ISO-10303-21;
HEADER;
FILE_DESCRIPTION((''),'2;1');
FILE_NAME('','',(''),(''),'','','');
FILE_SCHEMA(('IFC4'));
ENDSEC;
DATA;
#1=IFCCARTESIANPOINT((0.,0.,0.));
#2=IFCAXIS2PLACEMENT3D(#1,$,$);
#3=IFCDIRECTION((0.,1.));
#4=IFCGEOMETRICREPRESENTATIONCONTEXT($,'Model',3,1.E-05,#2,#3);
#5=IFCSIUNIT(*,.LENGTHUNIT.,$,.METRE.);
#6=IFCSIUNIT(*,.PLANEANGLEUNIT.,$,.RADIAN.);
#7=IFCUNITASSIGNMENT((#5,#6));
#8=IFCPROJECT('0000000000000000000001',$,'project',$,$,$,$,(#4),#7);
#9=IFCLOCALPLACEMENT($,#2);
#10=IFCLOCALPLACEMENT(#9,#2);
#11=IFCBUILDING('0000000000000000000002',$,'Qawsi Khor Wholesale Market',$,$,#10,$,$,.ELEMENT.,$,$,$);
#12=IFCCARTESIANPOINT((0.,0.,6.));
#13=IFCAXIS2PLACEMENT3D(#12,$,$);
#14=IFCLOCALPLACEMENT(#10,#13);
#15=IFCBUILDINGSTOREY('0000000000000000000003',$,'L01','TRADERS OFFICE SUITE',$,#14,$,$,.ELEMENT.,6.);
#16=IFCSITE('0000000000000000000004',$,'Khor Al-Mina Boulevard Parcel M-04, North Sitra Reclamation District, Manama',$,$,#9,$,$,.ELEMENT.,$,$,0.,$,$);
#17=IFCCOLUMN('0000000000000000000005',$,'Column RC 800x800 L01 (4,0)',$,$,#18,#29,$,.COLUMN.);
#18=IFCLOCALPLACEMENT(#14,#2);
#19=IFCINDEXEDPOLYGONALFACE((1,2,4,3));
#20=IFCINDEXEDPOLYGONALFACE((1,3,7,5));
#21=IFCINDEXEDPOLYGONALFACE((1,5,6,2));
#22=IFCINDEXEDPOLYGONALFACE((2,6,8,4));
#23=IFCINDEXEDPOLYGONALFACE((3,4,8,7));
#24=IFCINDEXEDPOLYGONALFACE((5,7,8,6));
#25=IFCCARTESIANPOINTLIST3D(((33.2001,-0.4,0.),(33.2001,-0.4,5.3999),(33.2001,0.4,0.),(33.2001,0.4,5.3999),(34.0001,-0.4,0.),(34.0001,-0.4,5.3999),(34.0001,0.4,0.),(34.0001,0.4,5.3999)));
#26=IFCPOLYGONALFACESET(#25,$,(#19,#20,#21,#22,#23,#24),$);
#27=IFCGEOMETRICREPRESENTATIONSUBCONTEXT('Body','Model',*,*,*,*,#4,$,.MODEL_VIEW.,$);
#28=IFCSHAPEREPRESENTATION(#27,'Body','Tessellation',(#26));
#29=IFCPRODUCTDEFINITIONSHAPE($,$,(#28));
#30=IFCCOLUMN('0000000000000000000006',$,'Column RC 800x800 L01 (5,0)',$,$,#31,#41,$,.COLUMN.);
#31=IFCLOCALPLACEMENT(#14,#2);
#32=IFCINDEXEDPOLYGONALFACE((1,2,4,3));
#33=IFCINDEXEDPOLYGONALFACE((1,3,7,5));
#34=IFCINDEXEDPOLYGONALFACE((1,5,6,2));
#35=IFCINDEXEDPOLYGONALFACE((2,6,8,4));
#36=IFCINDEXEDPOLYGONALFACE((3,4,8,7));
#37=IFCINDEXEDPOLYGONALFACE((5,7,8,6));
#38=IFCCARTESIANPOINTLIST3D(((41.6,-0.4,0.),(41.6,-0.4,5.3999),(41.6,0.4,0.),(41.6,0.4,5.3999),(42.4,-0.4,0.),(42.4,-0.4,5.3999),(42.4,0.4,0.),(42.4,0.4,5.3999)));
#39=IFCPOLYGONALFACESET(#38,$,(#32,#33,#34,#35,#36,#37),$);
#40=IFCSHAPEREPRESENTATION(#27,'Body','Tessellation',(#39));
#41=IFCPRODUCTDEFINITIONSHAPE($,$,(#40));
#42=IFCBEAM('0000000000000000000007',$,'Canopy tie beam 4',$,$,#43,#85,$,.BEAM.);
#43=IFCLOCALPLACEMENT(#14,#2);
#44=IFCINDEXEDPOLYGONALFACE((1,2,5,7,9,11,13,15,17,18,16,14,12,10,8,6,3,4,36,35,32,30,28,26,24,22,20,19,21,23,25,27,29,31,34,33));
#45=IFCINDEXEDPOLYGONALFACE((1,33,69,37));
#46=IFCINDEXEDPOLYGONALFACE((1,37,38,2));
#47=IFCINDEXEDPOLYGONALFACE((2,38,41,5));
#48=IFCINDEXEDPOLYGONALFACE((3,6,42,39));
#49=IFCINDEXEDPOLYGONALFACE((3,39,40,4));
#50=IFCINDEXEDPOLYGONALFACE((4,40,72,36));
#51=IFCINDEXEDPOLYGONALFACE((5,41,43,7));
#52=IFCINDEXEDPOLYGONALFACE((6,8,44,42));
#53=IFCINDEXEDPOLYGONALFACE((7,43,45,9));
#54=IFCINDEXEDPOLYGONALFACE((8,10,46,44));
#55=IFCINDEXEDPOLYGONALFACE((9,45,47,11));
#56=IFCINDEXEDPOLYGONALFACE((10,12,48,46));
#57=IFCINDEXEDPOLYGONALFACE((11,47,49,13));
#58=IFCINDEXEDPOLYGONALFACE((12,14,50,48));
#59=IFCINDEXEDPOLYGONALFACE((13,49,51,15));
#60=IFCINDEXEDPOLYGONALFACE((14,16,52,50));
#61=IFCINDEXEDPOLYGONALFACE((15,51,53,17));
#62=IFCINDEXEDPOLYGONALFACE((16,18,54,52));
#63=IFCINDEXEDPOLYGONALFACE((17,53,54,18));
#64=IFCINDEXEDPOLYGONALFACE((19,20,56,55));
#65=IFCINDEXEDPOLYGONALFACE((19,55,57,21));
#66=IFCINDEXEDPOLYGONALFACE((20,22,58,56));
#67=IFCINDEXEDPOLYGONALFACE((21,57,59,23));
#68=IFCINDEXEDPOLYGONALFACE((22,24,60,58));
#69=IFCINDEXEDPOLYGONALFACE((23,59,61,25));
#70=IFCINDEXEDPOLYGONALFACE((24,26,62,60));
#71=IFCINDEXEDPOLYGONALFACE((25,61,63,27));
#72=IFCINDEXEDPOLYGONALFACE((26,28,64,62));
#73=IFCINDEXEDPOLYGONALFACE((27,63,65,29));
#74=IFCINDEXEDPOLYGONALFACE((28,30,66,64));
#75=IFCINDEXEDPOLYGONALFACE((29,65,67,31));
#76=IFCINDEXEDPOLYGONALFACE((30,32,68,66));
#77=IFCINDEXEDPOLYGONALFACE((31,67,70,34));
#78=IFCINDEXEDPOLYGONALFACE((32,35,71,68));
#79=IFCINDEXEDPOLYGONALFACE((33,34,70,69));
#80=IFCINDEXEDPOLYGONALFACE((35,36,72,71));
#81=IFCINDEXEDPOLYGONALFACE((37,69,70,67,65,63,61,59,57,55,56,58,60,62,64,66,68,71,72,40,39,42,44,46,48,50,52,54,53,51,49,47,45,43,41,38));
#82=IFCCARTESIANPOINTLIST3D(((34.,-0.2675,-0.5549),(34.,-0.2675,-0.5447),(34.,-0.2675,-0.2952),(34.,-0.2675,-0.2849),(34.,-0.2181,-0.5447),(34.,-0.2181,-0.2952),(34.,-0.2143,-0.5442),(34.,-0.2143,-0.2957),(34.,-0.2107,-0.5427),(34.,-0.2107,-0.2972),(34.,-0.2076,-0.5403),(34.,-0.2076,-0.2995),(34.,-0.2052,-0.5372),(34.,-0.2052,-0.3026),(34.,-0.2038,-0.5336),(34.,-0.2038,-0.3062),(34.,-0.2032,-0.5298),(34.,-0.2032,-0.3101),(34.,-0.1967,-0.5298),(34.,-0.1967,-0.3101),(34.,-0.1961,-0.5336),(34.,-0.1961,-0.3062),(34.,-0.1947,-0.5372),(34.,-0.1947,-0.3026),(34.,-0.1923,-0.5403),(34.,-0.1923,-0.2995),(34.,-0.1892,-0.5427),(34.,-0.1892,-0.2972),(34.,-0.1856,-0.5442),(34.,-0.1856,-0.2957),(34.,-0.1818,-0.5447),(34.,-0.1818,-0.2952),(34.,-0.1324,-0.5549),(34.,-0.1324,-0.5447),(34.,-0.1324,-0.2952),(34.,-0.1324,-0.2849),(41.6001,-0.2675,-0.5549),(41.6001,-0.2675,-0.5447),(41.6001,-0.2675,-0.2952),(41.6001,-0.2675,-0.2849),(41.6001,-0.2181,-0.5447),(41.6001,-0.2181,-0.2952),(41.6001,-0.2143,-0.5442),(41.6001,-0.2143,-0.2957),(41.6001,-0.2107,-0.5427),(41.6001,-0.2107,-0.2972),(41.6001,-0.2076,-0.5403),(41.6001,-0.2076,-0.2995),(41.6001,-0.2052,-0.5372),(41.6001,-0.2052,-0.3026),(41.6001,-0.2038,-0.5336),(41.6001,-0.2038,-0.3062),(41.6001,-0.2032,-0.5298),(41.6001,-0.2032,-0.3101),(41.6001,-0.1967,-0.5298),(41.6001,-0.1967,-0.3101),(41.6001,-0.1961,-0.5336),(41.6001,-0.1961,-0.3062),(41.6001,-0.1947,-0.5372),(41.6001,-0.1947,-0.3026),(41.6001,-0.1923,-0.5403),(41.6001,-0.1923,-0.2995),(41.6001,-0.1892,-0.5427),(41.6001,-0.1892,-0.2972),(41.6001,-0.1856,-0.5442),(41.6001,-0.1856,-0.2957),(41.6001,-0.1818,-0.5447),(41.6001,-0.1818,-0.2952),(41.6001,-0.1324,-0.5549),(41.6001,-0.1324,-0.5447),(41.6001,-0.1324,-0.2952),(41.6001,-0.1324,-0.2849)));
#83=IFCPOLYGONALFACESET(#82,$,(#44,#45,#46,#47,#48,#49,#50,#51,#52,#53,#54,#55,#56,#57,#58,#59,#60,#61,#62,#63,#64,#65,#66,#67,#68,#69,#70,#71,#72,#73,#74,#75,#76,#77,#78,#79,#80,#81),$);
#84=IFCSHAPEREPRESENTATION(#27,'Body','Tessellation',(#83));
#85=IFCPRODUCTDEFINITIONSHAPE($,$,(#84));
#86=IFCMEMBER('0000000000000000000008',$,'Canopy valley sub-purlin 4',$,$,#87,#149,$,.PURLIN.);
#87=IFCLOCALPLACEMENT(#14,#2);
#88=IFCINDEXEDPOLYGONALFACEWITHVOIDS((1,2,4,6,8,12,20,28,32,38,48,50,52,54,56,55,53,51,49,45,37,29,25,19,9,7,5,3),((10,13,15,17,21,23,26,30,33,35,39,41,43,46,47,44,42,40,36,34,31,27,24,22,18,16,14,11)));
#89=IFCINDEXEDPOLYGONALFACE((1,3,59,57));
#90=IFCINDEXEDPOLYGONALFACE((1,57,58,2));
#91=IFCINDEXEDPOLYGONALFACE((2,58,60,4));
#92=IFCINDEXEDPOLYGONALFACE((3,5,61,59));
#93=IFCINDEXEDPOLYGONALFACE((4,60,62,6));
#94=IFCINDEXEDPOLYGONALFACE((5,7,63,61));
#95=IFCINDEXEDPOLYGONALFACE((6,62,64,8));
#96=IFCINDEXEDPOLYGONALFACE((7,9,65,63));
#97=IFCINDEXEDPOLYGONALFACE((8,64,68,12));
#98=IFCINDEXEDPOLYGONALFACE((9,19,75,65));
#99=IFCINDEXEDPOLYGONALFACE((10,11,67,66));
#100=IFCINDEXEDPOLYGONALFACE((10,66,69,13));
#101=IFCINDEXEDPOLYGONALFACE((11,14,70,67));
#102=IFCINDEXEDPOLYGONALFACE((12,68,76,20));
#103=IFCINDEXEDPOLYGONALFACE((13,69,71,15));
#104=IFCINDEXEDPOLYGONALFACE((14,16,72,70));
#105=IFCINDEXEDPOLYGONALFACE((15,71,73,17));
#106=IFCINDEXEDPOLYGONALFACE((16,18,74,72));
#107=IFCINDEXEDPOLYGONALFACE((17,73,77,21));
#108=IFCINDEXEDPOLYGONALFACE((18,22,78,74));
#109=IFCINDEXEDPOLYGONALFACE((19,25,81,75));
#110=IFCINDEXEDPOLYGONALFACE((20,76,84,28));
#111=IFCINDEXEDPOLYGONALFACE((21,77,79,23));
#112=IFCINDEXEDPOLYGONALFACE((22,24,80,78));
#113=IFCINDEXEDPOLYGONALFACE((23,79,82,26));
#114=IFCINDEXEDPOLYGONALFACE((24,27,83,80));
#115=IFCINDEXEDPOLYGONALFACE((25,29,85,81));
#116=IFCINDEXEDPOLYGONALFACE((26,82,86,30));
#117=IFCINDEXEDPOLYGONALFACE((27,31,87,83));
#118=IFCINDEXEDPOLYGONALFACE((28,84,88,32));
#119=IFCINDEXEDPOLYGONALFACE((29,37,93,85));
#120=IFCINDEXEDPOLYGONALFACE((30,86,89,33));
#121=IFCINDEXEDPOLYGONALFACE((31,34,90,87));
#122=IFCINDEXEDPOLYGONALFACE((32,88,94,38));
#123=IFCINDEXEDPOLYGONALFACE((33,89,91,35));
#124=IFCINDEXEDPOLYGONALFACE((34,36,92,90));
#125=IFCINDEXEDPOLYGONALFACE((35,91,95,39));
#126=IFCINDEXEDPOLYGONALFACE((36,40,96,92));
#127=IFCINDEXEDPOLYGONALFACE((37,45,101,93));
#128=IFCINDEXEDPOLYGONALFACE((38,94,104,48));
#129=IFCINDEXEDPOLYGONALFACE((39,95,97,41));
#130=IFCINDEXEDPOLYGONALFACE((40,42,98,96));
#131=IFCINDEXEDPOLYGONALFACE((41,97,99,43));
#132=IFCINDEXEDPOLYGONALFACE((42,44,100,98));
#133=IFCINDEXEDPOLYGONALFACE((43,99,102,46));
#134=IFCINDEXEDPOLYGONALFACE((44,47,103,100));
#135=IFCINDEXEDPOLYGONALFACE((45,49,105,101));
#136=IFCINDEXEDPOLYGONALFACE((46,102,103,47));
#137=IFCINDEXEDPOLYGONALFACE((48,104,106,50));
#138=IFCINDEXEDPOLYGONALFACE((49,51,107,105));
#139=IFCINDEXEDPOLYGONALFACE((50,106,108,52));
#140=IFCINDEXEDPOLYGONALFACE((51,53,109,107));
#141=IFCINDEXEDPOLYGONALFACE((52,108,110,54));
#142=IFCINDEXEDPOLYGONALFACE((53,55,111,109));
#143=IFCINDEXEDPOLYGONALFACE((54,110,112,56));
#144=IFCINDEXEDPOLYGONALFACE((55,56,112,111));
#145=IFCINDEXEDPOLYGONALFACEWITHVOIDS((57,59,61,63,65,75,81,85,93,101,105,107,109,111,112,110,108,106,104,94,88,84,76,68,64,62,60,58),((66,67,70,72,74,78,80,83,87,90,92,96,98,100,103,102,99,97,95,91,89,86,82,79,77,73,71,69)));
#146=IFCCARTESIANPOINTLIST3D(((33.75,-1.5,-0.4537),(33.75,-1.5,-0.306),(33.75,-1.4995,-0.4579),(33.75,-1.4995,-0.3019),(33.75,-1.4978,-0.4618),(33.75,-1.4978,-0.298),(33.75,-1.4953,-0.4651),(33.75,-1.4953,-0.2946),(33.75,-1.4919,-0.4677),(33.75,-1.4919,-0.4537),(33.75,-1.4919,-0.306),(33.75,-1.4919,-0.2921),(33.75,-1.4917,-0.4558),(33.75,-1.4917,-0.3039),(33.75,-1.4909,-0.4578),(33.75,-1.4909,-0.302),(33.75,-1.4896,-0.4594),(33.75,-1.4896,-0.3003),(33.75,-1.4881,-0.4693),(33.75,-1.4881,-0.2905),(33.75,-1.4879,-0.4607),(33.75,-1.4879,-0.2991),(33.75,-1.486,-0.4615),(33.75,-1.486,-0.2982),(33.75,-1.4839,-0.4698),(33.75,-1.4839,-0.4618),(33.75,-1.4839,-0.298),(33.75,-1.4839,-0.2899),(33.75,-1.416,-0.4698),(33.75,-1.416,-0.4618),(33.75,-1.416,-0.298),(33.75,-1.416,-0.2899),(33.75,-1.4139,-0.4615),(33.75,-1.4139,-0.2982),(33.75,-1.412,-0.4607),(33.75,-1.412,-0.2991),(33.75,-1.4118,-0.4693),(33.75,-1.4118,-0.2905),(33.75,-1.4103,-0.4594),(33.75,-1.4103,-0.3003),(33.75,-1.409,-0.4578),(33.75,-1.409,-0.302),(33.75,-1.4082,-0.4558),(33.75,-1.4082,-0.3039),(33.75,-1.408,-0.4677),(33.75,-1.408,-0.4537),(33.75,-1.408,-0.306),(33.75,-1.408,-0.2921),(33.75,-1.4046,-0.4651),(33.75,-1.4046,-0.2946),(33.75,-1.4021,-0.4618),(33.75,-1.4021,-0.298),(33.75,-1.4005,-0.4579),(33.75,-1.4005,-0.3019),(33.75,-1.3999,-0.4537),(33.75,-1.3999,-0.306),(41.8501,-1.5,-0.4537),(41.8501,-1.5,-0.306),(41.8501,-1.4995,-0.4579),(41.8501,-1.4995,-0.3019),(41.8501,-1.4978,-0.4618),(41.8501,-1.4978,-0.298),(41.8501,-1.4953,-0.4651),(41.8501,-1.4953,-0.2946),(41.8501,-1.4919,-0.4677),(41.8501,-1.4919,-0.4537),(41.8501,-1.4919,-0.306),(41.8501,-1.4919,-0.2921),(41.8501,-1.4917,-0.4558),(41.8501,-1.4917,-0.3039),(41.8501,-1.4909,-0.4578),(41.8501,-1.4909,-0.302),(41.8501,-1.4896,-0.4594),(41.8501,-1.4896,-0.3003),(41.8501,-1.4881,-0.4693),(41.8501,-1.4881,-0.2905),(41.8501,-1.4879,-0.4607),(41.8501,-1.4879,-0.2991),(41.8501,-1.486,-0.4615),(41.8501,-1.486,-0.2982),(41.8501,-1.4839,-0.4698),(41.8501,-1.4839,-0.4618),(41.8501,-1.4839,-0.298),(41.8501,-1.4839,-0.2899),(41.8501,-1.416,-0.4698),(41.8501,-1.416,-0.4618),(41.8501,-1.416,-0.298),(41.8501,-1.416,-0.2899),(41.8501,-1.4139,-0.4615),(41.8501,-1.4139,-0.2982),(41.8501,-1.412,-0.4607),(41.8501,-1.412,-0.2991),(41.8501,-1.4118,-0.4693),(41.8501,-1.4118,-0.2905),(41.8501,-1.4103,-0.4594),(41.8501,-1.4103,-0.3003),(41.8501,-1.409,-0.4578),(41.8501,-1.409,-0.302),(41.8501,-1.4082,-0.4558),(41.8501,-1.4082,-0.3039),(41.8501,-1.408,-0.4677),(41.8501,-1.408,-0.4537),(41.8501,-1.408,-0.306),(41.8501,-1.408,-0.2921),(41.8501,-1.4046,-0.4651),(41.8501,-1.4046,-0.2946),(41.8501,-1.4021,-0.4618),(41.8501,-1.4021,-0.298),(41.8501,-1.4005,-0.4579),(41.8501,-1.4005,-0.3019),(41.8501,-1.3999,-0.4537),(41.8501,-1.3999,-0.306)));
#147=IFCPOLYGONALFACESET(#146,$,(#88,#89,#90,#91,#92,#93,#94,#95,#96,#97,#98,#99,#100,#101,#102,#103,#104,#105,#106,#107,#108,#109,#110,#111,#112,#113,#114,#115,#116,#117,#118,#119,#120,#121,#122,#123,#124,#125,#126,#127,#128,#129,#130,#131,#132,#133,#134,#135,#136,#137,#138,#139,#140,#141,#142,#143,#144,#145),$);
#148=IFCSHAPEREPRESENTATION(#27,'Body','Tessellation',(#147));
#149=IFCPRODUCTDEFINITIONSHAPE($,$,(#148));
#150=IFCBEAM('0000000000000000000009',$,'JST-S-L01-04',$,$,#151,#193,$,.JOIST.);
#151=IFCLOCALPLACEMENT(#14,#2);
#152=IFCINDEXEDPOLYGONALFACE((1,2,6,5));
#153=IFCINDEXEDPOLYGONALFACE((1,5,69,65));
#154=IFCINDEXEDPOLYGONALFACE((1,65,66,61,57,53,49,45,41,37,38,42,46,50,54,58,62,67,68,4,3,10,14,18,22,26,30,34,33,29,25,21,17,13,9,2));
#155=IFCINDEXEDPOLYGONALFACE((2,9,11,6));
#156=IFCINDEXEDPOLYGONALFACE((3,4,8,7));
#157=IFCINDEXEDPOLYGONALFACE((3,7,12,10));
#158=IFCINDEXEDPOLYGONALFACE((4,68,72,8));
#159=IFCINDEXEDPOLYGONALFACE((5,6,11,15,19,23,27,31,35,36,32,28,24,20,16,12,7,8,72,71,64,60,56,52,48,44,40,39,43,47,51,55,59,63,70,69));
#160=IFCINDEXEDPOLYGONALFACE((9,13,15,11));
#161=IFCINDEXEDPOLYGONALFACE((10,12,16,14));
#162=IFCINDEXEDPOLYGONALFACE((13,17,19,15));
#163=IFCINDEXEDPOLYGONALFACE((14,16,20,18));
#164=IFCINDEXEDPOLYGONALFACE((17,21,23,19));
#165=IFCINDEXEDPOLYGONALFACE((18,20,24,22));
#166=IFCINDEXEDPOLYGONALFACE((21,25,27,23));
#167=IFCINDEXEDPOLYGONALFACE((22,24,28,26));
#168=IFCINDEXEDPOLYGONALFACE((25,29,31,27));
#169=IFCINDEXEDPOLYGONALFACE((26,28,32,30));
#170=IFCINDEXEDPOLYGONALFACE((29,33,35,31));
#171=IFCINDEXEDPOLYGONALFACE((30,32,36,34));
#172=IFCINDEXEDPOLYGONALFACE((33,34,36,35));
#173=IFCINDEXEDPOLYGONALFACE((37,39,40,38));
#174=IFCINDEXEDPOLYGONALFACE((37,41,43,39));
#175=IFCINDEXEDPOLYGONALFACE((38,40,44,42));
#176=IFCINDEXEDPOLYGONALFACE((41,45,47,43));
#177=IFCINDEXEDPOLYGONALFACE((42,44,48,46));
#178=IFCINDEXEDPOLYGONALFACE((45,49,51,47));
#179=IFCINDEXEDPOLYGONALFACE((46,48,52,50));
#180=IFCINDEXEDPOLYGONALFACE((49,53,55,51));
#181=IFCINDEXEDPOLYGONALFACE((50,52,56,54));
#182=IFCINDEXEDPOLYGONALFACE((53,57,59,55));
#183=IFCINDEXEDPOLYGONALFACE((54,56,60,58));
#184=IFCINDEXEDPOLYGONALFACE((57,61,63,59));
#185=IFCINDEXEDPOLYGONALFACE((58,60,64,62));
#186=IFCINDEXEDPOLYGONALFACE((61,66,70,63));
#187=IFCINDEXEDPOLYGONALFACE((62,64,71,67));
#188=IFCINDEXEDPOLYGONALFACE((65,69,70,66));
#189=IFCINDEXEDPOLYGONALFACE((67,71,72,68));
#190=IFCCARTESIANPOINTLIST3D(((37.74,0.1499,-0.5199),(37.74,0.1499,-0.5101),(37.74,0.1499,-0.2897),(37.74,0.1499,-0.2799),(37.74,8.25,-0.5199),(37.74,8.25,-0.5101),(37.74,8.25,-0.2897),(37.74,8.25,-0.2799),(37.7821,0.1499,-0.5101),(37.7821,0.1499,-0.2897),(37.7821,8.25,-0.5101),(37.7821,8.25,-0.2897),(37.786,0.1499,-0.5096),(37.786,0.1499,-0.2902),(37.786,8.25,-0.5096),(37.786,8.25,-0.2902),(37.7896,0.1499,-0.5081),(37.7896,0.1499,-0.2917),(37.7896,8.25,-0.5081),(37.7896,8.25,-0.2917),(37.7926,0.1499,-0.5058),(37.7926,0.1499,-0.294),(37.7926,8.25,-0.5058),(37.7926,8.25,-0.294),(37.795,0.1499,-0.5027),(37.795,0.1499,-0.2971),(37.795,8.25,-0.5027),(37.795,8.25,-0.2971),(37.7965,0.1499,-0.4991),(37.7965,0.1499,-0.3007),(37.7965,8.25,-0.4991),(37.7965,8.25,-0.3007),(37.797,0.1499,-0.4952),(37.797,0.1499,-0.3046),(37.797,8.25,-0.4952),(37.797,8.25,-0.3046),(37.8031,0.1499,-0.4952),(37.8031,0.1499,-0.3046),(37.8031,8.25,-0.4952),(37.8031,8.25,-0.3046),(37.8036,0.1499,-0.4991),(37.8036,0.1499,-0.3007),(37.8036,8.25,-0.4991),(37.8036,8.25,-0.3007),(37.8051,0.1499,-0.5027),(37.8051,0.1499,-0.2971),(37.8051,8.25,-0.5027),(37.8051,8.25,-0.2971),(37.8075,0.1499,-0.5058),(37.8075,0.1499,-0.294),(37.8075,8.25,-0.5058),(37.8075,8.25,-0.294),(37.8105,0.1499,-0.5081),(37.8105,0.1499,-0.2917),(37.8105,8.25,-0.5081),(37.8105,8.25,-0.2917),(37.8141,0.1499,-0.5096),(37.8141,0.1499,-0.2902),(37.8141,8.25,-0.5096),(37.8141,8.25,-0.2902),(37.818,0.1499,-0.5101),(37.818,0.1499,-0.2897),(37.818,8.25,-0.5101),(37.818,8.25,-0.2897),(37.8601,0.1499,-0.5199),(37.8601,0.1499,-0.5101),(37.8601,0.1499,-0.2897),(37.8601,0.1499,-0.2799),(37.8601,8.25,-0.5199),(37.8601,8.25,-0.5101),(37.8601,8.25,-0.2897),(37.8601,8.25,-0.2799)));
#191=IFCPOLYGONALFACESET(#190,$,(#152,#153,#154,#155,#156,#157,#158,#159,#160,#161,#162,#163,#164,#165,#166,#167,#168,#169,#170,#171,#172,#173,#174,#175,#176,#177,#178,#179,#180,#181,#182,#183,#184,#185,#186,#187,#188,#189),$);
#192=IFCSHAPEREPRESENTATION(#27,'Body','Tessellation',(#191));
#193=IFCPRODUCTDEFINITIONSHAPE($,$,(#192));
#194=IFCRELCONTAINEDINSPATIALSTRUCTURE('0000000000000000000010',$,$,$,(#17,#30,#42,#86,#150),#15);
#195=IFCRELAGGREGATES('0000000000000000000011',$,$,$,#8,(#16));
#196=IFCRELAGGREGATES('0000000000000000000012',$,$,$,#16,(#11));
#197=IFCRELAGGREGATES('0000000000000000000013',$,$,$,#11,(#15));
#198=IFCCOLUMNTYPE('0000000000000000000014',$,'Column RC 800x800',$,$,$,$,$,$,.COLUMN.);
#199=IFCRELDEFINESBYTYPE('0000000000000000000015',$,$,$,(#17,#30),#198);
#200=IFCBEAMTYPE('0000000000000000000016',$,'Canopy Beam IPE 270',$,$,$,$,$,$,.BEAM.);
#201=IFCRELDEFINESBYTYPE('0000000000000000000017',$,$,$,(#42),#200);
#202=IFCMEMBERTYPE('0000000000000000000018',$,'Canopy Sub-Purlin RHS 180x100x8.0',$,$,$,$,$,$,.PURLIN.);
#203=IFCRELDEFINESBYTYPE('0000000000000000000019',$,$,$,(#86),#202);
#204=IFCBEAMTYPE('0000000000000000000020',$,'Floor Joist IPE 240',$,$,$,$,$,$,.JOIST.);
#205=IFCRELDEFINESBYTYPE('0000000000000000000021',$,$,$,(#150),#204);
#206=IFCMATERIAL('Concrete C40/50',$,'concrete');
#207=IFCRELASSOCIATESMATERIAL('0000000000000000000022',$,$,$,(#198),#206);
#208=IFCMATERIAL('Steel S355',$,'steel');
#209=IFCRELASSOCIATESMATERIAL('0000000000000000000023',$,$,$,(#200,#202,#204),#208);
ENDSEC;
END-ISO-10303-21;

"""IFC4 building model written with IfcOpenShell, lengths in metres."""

from ifc_helpers import new_model, si_unit, direction, frame, origin, origin_2d, place, context, subcontext, project, spatial, rectangle, hollow_rectangle, i_section, extrude, material, material_profile, profile_set, type_object, element, save


model = new_model("IFC4")

# Units and contexts
model_context = context("Model", 3, precision=1e-05, world=origin(), true_north=direction((0.0, 1.0)))
body_context = subcontext(model_context, "Body", "Model", "MODEL_VIEW")
ifc_project = project(units=[si_unit("LENGTHUNIT", "METRE"), si_unit("PLANEANGLEUNIT", "RADIAN")], contexts=[model_context])

# Site, building, storey
site_placement = place(None, origin())
site = spatial("IfcSite", under=ifc_project, at=site_placement, Name="Khor Al-Mina Boulevard Parcel M-04, North Sitra Reclamation District, Manama", CompositionType="ELEMENT", RefElevation=0.0)
building_placement = place(site_placement, origin())
building = spatial("IfcBuilding", under=site, at=building_placement, Name="Qawsi Khor Wholesale Market", CompositionType="ELEMENT")
storey_placement = place(building_placement, frame((0.0, 0.0, 6.0)))
storey = spatial("IfcBuildingStorey", under=building, at=storey_placement, Name="L01", Description="TRADERS OFFICE SUITE", CompositionType="ELEMENT", Elevation=6.0)

# Columns
ifc_material_1 = material(Name="Concrete C40/50", Category="concrete")
ifc_material_profile_1 = material_profile(ifc_material_1, rectangle(XDim=0.8, YDim=0.8, at=origin_2d()), Name="RC 800x800")
ifc_profile_set_1 = profile_set([ifc_material_profile_1], Name="Concrete C40/50")
column_type = type_object("IfcColumnType", Name="Column RC 800x800", PredefinedType="COLUMN", material=ifc_profile_set_1)
for number, where, z_axis, x_axis, name in (
    (1, (33.6001, 0.0, 0.0), (0.0, 0.0, 1.0), (1.0, 0.0, 0.0), "Column RC 800x800 L01 (4,0)"),
    (2, (42.0, 0.0, 0.0), (0.0, 0.0, 1.0), (1.0, 0.0, 0.0), "Column RC 800x800 L01 (5,0)"),
):
    element("IfcColumn", number, at=place(storey_placement, frame(where, z_axis=z_axis, x_axis=x_axis)), inside=storey, type_object=column_type, Name=name, PredefinedType="COLUMN", context=body_context, shape_type="SweptSolid", body=[
        extrude(rectangle(XDim=0.8, YDim=0.8, at=origin_2d()), origin(), (0.0, 0.0, 1.0), 5.3999),
    ])

# Beam
ifc_material_2 = material(Name="Steel S355", Category="steel")
ifc_material_profile_2 = material_profile(ifc_material_2, i_section(OverallWidth=0.135, OverallDepth=0.27, WebThickness=0.0066, FlangeThickness=0.0103, FilletRadius=0.0149, at=origin_2d()), Name="IPE 270")
ifc_profile_set_2 = profile_set([ifc_material_profile_2], Name="Steel S355")
beam_type_1 = type_object("IfcBeamType", Name="Canopy Beam IPE 270", PredefinedType="BEAM", material=ifc_profile_set_2)
beam_1_placement = place(storey_placement, frame((34.0, -0.2, -0.4199), z_axis=(1.0, 0.0, 0.0), x_axis=(0.0, 1.0, 0.0)))
element("IfcBeam", 3, at=beam_1_placement, inside=storey, type_object=beam_type_1, Name="Canopy tie beam 4", PredefinedType="BEAM", context=body_context, shape_type="SweptSolid", body=[
    extrude(i_section(OverallWidth=0.135, OverallDepth=0.27, WebThickness=0.0066, FlangeThickness=0.0103, FilletRadius=0.0149, at=origin_2d()), origin(), (0.0, 0.0, 1.0), 7.6001),
])

# Member
ifc_material_profile_3 = material_profile(ifc_material_2, hollow_rectangle(XDim=0.1001, YDim=0.1799, WallThickness=0.0081, InnerFilletRadius=0.0081, OuterFilletRadius=0.0161, at=origin_2d()), Name="RHS 180x100x8.0")
ifc_profile_set_3 = profile_set([ifc_material_profile_3], Name="Steel S355")
member_type = type_object("IfcMemberType", Name="Canopy Sub-Purlin RHS 180x100x8.0", PredefinedType="PURLIN", material=ifc_profile_set_3)
member_placement = place(storey_placement, frame((33.75, -1.45, -0.3799), z_axis=(1.0, 0.0, 0.0), x_axis=(0.0, 1.0, 0.0)))
element("IfcMember", 4, at=member_placement, inside=storey, type_object=member_type, Name="Canopy valley sub-purlin 4", PredefinedType="PURLIN", context=body_context, shape_type="SweptSolid", body=[
    extrude(hollow_rectangle(XDim=0.1001, YDim=0.1799, WallThickness=0.0081, InnerFilletRadius=0.0081, OuterFilletRadius=0.0161, at=origin_2d()), origin(), (0.0, 0.0, 1.0), 8.1001),
])

# Beam
ifc_material_profile_4 = material_profile(ifc_material_2, i_section(OverallWidth=0.1201, OverallDepth=0.24, WebThickness=0.0061, FlangeThickness=0.0098, FilletRadius=0.0149, at=origin_2d()), Name="IPE 240")
ifc_profile_set_4 = profile_set([ifc_material_profile_4], Name="Steel S355")
beam_type_2 = type_object("IfcBeamType", Name="Floor Joist IPE 240", PredefinedType="JOIST", material=ifc_profile_set_4)
beam_2_placement = place(storey_placement, frame((37.8, 0.1499, -0.3999), z_axis=(0.0, 1.0, 0.0), x_axis=(-1.0, 0.0, 0.0)))
element("IfcBeam", 5, at=beam_2_placement, inside=storey, type_object=beam_type_2, Name="JST-S-L01-04", PredefinedType="JOIST", context=body_context, shape_type="SweptSolid", body=[
    extrude(i_section(OverallWidth=0.1201, OverallDepth=0.24, WebThickness=0.0061, FlangeThickness=0.0098, FilletRadius=0.0149, at=origin_2d()), origin(), (0.0, 0.0, 1.0), 8.1001),
])

save(model, "model.ifc")
